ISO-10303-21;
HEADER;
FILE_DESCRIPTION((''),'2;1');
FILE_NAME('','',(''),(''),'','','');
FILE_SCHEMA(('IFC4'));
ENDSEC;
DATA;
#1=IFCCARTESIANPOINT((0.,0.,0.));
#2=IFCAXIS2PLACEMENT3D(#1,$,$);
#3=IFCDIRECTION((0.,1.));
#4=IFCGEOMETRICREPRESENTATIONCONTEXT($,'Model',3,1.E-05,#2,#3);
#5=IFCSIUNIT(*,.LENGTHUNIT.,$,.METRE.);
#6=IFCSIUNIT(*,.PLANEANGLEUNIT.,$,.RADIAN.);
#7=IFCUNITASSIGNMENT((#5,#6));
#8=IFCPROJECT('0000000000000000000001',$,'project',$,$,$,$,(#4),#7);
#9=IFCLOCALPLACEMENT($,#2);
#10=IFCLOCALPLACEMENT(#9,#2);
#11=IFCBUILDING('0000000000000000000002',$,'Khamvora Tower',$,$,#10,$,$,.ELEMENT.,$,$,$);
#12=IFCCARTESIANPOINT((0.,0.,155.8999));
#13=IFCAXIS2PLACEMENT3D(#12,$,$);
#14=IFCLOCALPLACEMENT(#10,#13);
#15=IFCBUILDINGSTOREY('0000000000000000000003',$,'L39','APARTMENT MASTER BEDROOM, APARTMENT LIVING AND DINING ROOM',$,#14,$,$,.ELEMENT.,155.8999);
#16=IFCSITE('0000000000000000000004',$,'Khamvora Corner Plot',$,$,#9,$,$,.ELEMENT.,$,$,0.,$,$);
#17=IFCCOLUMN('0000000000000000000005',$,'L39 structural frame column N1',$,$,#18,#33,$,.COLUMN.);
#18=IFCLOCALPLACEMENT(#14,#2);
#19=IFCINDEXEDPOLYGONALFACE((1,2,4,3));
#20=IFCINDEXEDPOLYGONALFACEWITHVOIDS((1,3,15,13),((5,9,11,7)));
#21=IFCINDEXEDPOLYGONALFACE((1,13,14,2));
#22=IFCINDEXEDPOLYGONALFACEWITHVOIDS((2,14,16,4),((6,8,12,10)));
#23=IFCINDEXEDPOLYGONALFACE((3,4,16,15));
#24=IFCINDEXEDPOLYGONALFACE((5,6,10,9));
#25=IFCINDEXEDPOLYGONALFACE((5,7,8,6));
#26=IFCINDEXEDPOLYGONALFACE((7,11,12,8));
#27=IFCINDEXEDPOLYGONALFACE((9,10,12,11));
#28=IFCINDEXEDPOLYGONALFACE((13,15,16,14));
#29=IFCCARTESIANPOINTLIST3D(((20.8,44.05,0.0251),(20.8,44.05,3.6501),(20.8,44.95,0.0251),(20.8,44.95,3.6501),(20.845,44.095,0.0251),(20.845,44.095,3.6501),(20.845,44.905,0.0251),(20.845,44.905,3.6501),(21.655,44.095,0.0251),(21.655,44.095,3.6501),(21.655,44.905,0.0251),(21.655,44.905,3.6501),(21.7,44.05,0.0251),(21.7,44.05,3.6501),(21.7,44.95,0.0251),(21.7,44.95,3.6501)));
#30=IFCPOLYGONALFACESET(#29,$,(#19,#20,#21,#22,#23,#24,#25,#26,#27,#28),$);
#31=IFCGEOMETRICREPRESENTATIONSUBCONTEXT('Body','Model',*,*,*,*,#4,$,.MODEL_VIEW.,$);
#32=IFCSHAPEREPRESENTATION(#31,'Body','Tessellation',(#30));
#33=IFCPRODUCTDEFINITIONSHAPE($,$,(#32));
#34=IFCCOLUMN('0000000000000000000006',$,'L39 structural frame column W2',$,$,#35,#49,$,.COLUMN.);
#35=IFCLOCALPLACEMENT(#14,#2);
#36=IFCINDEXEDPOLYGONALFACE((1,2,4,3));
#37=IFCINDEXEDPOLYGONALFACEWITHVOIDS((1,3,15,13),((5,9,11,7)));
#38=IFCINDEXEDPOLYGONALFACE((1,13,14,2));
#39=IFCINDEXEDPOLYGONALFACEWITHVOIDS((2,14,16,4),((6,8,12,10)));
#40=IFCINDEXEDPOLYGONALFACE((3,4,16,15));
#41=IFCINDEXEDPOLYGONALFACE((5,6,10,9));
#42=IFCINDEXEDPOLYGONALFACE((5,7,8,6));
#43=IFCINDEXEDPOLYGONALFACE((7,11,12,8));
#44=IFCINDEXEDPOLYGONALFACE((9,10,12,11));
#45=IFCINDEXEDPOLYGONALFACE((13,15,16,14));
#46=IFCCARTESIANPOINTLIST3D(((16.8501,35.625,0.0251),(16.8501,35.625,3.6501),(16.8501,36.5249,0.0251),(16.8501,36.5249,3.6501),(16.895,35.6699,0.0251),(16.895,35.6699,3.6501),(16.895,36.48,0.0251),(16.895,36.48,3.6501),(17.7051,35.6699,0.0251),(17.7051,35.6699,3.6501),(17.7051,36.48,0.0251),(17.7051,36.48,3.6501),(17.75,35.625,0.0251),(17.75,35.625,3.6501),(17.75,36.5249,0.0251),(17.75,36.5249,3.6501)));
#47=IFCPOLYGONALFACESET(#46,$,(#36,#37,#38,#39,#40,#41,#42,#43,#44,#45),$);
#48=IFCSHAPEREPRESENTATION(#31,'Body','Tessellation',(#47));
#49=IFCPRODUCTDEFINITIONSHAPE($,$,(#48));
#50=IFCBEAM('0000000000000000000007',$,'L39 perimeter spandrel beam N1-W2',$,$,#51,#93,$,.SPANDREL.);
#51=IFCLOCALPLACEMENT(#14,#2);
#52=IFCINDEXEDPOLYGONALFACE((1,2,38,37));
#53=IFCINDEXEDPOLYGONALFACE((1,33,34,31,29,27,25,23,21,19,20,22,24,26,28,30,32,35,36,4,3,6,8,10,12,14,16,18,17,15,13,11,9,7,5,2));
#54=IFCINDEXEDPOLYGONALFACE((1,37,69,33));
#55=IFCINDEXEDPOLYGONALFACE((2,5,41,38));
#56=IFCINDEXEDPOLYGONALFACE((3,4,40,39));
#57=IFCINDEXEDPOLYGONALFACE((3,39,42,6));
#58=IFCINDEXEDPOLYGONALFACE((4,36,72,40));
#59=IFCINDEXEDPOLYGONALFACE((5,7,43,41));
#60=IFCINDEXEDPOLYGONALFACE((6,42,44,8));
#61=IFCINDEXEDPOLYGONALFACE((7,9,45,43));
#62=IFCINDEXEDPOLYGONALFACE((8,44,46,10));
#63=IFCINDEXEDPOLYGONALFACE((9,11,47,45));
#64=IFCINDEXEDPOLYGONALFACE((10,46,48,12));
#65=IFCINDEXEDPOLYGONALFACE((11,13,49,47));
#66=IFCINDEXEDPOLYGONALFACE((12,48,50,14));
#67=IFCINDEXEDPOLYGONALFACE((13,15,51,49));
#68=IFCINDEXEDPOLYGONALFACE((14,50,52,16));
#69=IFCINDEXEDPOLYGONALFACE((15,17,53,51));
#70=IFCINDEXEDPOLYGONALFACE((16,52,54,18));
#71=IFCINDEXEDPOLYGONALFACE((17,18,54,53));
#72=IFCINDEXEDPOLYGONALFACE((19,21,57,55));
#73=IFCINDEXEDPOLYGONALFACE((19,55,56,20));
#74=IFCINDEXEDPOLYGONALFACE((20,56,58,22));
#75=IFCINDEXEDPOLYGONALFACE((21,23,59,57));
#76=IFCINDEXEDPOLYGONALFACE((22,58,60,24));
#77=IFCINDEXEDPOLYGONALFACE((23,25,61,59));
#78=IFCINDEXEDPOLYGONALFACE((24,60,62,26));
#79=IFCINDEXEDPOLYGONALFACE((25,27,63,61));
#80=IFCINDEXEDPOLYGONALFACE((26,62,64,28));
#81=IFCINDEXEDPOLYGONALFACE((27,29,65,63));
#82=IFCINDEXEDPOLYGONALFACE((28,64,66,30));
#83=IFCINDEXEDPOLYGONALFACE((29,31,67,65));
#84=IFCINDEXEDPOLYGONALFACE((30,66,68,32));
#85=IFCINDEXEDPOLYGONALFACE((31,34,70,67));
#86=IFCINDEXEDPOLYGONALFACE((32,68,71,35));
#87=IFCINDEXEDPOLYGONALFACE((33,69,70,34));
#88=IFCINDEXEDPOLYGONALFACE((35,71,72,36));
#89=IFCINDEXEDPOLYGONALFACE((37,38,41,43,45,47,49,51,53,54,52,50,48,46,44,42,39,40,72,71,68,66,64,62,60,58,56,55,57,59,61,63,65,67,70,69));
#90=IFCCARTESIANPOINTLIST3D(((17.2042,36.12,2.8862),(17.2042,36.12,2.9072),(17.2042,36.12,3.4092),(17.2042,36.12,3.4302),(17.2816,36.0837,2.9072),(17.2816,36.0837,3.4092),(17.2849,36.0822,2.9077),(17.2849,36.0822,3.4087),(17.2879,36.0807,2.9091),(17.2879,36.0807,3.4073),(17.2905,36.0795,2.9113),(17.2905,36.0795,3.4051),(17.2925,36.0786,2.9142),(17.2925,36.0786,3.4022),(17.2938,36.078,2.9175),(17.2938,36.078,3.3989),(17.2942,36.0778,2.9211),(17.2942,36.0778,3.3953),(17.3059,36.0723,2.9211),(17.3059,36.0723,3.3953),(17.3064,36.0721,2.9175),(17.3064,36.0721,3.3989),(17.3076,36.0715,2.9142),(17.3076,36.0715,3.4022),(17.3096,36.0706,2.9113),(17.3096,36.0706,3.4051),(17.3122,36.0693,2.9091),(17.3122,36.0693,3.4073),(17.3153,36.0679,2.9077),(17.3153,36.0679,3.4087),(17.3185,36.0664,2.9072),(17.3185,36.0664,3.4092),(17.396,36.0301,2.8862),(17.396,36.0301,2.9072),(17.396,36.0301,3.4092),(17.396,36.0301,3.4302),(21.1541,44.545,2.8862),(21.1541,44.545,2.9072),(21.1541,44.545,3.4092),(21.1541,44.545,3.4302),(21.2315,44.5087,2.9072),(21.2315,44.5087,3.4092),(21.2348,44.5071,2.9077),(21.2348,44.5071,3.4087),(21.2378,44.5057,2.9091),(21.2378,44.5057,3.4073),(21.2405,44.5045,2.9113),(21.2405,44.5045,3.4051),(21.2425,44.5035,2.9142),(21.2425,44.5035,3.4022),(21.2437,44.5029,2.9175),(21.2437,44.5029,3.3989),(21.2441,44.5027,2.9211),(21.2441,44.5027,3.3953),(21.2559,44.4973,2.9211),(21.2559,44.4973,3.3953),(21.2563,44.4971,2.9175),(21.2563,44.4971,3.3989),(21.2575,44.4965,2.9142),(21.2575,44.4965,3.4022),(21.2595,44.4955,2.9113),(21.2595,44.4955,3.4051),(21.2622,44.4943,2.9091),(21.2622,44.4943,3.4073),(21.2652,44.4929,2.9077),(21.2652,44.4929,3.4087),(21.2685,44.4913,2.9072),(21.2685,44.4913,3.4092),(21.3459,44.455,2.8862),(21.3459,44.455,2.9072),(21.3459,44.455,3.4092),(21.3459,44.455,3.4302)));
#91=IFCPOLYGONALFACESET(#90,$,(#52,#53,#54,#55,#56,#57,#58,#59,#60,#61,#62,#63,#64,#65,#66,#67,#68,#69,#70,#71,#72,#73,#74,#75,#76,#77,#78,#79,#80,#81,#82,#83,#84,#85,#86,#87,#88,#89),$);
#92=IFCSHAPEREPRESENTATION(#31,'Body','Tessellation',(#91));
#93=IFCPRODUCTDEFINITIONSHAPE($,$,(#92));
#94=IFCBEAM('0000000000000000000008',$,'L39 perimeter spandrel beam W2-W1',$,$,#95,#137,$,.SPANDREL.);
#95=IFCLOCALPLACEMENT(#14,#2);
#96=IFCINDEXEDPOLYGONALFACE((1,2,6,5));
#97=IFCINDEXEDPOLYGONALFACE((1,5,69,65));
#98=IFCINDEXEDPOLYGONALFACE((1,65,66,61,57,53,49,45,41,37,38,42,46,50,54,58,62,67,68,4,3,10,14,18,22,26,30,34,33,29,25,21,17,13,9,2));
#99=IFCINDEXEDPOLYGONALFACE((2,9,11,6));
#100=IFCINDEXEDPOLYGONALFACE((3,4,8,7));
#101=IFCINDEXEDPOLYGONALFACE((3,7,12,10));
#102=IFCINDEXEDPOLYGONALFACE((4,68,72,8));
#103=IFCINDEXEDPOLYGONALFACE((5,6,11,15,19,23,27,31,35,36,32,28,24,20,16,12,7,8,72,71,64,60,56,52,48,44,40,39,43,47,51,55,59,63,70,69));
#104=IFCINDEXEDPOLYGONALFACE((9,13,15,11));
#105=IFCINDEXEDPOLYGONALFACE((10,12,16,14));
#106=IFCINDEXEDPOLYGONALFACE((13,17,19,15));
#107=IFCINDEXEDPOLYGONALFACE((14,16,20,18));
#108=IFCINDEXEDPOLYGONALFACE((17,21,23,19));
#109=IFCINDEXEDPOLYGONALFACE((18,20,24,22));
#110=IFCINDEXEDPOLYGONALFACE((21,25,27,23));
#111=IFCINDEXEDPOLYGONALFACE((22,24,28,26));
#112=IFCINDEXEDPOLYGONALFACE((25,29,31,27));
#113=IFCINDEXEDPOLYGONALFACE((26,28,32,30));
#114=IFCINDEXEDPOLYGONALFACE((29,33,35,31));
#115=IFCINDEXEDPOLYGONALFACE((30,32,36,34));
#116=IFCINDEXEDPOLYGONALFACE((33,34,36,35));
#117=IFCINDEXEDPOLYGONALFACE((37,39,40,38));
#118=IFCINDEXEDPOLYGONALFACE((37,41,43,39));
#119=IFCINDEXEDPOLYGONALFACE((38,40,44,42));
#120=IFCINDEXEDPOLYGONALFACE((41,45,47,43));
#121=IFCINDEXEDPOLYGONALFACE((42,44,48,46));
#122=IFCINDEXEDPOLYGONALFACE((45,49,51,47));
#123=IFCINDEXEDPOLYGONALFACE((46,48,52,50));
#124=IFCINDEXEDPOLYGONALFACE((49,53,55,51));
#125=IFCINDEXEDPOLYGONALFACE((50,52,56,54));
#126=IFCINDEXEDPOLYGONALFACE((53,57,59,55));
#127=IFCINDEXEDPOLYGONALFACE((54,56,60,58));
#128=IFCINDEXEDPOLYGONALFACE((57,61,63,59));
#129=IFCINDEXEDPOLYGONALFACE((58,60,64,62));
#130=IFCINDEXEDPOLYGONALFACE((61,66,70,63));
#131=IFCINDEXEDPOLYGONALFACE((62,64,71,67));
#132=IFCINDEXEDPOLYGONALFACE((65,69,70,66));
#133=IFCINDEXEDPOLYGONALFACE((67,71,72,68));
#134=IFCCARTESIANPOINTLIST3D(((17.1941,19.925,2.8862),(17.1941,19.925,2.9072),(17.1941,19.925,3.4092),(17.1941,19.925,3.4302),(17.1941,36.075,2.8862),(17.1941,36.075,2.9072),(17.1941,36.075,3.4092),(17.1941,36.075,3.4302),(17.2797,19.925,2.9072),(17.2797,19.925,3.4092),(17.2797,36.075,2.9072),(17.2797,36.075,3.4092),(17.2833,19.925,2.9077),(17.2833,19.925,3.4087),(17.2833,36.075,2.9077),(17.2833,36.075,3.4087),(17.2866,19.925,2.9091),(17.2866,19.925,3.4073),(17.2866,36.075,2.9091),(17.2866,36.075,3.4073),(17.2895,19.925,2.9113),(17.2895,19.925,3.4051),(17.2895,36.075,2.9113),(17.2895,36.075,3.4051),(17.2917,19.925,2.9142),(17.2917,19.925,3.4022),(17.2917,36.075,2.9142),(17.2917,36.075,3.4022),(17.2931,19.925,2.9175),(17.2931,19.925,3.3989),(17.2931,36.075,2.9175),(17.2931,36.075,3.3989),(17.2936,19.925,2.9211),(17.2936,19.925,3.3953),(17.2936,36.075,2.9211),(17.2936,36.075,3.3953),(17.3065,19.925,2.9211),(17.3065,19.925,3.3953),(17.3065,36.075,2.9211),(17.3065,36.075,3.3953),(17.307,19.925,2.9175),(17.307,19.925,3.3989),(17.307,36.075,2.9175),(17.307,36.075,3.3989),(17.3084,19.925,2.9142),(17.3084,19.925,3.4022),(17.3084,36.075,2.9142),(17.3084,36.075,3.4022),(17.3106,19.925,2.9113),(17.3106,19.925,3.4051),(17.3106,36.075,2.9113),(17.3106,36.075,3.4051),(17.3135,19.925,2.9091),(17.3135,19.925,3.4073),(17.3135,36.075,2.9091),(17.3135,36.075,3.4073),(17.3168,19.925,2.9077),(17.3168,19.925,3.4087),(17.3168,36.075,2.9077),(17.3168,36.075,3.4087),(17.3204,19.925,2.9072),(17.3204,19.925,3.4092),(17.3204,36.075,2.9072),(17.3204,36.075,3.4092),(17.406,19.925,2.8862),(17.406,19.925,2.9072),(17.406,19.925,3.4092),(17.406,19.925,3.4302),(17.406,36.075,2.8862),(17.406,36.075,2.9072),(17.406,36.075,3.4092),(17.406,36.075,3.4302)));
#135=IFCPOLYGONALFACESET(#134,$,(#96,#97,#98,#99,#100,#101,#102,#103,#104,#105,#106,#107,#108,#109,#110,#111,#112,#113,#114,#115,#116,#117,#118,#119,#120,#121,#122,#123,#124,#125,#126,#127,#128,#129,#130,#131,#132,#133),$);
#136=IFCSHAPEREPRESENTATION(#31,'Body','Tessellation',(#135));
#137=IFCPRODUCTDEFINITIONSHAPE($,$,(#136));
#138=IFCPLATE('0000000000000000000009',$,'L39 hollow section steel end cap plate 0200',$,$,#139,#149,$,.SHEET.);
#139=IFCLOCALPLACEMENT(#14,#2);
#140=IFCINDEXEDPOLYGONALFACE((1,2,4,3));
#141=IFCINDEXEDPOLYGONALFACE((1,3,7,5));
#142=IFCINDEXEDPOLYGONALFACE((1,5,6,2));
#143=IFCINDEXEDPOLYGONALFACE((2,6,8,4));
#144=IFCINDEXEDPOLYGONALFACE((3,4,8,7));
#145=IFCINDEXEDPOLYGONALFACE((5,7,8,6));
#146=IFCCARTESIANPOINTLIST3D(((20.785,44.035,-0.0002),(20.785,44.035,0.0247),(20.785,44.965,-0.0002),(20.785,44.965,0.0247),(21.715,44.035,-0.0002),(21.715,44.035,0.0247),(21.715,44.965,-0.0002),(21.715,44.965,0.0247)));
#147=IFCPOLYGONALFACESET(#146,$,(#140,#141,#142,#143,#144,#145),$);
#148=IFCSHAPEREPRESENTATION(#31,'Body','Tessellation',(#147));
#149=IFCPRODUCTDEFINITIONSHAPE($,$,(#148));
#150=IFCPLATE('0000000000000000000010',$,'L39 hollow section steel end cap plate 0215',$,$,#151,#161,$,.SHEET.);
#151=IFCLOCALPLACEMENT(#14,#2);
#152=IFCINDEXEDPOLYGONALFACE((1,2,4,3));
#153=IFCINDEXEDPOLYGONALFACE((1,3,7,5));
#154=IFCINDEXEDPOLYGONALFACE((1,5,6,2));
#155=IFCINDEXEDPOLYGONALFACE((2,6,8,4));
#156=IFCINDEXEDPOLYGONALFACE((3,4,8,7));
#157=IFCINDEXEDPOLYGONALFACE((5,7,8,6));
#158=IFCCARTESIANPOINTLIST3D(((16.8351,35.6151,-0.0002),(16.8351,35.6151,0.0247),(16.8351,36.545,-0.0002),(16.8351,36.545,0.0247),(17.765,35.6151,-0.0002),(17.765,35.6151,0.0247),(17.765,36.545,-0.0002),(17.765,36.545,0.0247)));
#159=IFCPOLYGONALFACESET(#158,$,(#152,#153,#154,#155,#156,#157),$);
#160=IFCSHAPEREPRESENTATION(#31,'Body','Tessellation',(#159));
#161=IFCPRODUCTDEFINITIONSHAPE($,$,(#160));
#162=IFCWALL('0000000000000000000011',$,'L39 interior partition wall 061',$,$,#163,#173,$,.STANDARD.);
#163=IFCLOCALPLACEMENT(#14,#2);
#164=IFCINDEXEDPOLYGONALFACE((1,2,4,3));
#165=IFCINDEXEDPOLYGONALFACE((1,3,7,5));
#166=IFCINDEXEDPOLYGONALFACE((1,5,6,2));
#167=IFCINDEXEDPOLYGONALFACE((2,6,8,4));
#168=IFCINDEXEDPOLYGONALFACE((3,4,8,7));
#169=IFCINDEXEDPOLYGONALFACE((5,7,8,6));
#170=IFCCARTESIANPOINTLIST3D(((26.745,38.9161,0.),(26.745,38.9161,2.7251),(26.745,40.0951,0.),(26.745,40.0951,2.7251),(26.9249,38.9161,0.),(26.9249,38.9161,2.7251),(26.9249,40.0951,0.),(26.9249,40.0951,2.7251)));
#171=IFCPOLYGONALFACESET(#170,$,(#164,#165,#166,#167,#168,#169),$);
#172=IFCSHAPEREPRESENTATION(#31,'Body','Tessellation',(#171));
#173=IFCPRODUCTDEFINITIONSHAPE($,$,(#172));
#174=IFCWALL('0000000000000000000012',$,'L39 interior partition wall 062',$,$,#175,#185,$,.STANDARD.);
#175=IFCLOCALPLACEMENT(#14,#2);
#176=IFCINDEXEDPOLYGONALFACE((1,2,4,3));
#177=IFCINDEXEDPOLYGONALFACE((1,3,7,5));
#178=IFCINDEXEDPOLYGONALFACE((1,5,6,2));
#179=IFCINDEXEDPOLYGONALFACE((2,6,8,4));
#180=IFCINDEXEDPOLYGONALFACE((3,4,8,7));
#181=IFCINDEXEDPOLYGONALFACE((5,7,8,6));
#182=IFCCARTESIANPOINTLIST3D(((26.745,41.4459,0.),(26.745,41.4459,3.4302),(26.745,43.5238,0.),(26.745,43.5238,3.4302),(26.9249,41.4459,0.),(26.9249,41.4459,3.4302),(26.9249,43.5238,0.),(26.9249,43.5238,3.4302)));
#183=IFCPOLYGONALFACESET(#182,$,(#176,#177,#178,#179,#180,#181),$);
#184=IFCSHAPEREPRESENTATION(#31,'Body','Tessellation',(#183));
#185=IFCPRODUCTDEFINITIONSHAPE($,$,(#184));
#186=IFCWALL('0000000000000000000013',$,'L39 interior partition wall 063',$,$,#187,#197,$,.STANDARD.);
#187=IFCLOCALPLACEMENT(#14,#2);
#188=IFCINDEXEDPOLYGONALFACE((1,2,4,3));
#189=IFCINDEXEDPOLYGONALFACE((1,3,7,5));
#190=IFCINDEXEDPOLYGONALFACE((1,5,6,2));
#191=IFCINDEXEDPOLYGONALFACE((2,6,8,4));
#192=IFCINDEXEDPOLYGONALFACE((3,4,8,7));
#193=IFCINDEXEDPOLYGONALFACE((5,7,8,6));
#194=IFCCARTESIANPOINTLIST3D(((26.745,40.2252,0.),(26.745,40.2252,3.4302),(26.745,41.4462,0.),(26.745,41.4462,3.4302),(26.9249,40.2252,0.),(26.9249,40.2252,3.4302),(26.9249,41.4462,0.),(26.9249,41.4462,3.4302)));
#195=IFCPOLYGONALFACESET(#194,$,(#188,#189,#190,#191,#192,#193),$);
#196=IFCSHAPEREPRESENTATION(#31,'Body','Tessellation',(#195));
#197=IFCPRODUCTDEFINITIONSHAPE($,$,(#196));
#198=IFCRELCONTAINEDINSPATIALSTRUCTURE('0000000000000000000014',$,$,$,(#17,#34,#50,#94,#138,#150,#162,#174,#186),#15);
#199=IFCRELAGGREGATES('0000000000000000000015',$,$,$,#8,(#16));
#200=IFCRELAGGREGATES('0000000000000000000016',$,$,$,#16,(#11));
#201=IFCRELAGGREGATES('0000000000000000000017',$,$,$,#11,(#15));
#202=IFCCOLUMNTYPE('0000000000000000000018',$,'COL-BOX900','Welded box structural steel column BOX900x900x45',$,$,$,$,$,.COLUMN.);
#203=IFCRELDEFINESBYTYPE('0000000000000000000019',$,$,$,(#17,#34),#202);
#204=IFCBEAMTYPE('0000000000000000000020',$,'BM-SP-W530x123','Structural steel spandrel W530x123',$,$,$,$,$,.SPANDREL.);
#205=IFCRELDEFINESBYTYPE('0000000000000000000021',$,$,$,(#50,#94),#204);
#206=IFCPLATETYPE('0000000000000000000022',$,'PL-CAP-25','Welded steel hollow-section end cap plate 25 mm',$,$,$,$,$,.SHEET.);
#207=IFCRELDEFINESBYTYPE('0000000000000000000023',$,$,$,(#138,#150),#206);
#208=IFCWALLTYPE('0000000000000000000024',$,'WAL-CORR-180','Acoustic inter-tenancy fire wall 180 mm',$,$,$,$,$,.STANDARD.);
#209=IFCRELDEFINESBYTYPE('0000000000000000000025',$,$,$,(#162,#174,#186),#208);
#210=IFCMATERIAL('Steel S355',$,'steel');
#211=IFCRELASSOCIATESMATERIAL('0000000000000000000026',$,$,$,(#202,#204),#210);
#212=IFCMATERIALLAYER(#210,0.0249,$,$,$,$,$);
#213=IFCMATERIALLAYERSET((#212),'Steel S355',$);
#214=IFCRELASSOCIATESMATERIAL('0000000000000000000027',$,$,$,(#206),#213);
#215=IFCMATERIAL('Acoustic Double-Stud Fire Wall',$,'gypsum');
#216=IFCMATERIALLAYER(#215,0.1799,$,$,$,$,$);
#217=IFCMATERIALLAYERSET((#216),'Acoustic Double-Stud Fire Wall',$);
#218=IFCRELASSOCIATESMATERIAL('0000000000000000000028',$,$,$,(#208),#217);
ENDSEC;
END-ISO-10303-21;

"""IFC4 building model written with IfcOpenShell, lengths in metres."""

from ifc_helpers import new_model, si_unit, direction, frame, frame_2d, origin, origin_2d, place, context, subcontext, project, spatial, rectangle, hollow_rectangle, i_section, extrude, material, layer, layer_set, material_profile, profile_set, type_object, element, save


model = new_model("IFC4")

# Units and contexts
model_context = context("Model", 3, precision=1e-05, world=origin(), true_north=direction((0.0, 1.0)))
body_context = subcontext(model_context, "Body", "Model", "MODEL_VIEW")
ifc_project = project(units=[si_unit("LENGTHUNIT", "METRE"), si_unit("PLANEANGLEUNIT", "RADIAN")], contexts=[model_context])

# Site, building, storey
site_placement = place(None, origin())
site = spatial("IfcSite", under=ifc_project, at=site_placement, Name="Khamvora Corner Plot", CompositionType="ELEMENT", RefElevation=0.0)
building_placement = place(site_placement, origin())
building = spatial("IfcBuilding", under=site, at=building_placement, Name="Khamvora Tower", CompositionType="ELEMENT")
storey_placement = place(building_placement, frame((0.0, 0.0, 155.8999)))
storey = spatial("IfcBuildingStorey", under=building, at=storey_placement, Name="L39", Description="APARTMENT MASTER BEDROOM, APARTMENT LIVING AND DINING ROOM", CompositionType="ELEMENT", Elevation=155.8999)

# Columns
ifc_material_1 = material(Name="Steel S355", Category="steel")
ifc_material_profile_1 = material_profile(ifc_material_1, hollow_rectangle(XDim=0.8999, YDim=0.8999, WallThickness=0.0449, at=origin_2d()), Name="BOX900x900x45")
ifc_profile_set_1 = profile_set([ifc_material_profile_1], Name="Steel S355")
column_type = type_object("IfcColumnType", Name="COL-BOX900", Description="Welded box structural steel column BOX900x900x45", PredefinedType="COLUMN", material=ifc_profile_set_1)
for number, where, z_axis, x_axis, name in (
    (1, (21.25, 44.5, 0.0251), (0.0, 0.0, 1.0), (1.0, 0.0, 0.0), "L39 structural frame column N1"),
    (2, (17.3, 36.075, 0.0251), (0.0, 0.0, 1.0), (1.0, 0.0, 0.0), "L39 structural frame column W2"),
):
    element("IfcColumn", number, at=place(storey_placement, frame(where, z_axis=z_axis, x_axis=x_axis)), inside=storey, type_object=column_type, Name=name, PredefinedType="COLUMN", context=body_context, shape_type="SweptSolid", body=[
        extrude(hollow_rectangle(XDim=0.8999, YDim=0.8999, WallThickness=0.0449, at=origin_2d()), origin(), (0.0, 0.0, 1.0), 3.625),
    ])

# Beams
ifc_material_profile_2 = material_profile(ifc_material_1, i_section(OverallWidth=0.2119, OverallDepth=0.5439, WebThickness=0.0129, FlangeThickness=0.021, FilletRadius=0.0139, at=origin_2d()), Name="W530x123")
ifc_profile_set_2 = profile_set([ifc_material_profile_2], Name="Steel S355")
beam_type = type_object("IfcBeamType", Name="BM-SP-W530x123", Description="Structural steel spandrel W530x123", PredefinedType="SPANDREL", material=ifc_profile_set_2)
beam_1_placement = place(storey_placement, frame((21.25, 44.5, 3.1582), z_axis=(-0.424496, -0.90543, 0.0), x_axis=(0.90543, -0.424496, 0.0)))
element("IfcBeam", 3, at=beam_1_placement, inside=storey, type_object=beam_type, Name="L39 perimeter spandrel beam N1-W2", PredefinedType="SPANDREL", context=body_context, shape_type="SweptSolid", body=[
    extrude(i_section(OverallWidth=0.2119, OverallDepth=0.5439, WebThickness=0.0129, FlangeThickness=0.021, FilletRadius=0.0139, at=origin_2d()), origin(), (0.0, 0.0, 1.0), 9.3049),
])
beam_2_placement = place(storey_placement, frame((17.3, 36.075, 3.1582), z_axis=(0.0, -1.0, 0.0), x_axis=(1.0, 0.0, 0.0)))
element("IfcBeam", 4, at=beam_2_placement, inside=storey, type_object=beam_type, Name="L39 perimeter spandrel beam W2-W1", PredefinedType="SPANDREL", context=body_context, shape_type="SweptSolid", body=[
    extrude(i_section(OverallWidth=0.2119, OverallDepth=0.5439, WebThickness=0.0129, FlangeThickness=0.021, FilletRadius=0.0139, at=origin_2d()), origin(), (0.0, 0.0, 1.0), 16.1499),
])

# Plates
ifc_layer_1 = layer(ifc_material_1, 0.0249)
ifc_layer_set_1 = layer_set([ifc_layer_1], Name="Steel S355")
plate_type = type_object("IfcPlateType", Name="PL-CAP-25", Description="Welded steel hollow-section end cap plate 25 mm", PredefinedType="SHEET", material=ifc_layer_set_1)
for number, where, z_axis, x_axis, name in (
    (5, (21.25, 44.5, -0.0002), (0.0, 0.0, 1.0), (1.0, 0.0, 0.0), "L39 hollow section steel end cap plate 0200"),
    (6, (17.3, 36.0801, -0.0002), (0.0, 0.0, 1.0), (1.0, 0.0, 0.0), "L39 hollow section steel end cap plate 0215"),
):
    element("IfcPlate", number, at=place(storey_placement, frame(where, z_axis=z_axis, x_axis=x_axis)), inside=storey, type_object=plate_type, Name=name, PredefinedType="SHEET", context=body_context, shape_type="SweptSolid", body=[
        extrude(rectangle(XDim=0.9299, YDim=0.9299, at=origin_2d()), origin(), (0.0, 0.0, 1.0), 0.0249),
    ])

# Walls
ifc_material_2 = material(Name="Acoustic Double-Stud Fire Wall", Category="gypsum")
ifc_layer_2 = layer(ifc_material_2, 0.1799)
ifc_layer_set_2 = layer_set([ifc_layer_2], Name="Acoustic Double-Stud Fire Wall")
wall_type_1 = type_object("IfcWallType", Name="WAL-CORR-180", Description="Acoustic inter-tenancy fire wall 180 mm", PredefinedType="STANDARD", material=ifc_layer_set_2)
wall_1_placement = place(storey_placement, frame((26.835, 40.095, 0.0), z_axis=(0.0, 0.0, 1.0), x_axis=(0.0, -1.0, 0.0)))
element("IfcWall", 7, at=wall_1_placement, inside=storey, type_object=wall_type_1, Name="L39 interior partition wall 061", PredefinedType="STANDARD", context=body_context, shape_type="SweptSolid", body=[
    extrude(rectangle(XDim=1.179, YDim=0.1799, at=frame_2d((0.5894, 0.0))), origin(), (0.0, 0.0, 1.0), 2.7251),
])
wall_2_placement = place(storey_placement, frame((26.835, 43.5239, 0.0), z_axis=(0.0, 0.0, 1.0), x_axis=(0.0, -1.0, 0.0)))
element("IfcWall", 8, at=wall_2_placement, inside=storey, type_object=wall_type_1, Name="L39 interior partition wall 062", PredefinedType="STANDARD", context=body_context, shape_type="SweptSolid", body=[
    extrude(rectangle(XDim=2.0779, YDim=0.1799, at=frame_2d((1.0391, 0.0))), origin(), (0.0, 0.0, 1.0), 3.4302),
])
wall_3_placement = place(storey_placement, frame((26.835, 41.446, 0.0), z_axis=(0.0, 0.0, 1.0), x_axis=(0.0, -1.0, 0.0)))
element("IfcWall", 9, at=wall_3_placement, inside=storey, type_object=wall_type_1, Name="L39 interior partition wall 063", PredefinedType="STANDARD", context=body_context, shape_type="SweptSolid", body=[
    extrude(rectangle(XDim=1.2209, YDim=0.1799, at=frame_2d((0.6104, 0.0))), origin(), (0.0, 0.0, 1.0), 3.4302),
])

save(model, "model.ifc")
